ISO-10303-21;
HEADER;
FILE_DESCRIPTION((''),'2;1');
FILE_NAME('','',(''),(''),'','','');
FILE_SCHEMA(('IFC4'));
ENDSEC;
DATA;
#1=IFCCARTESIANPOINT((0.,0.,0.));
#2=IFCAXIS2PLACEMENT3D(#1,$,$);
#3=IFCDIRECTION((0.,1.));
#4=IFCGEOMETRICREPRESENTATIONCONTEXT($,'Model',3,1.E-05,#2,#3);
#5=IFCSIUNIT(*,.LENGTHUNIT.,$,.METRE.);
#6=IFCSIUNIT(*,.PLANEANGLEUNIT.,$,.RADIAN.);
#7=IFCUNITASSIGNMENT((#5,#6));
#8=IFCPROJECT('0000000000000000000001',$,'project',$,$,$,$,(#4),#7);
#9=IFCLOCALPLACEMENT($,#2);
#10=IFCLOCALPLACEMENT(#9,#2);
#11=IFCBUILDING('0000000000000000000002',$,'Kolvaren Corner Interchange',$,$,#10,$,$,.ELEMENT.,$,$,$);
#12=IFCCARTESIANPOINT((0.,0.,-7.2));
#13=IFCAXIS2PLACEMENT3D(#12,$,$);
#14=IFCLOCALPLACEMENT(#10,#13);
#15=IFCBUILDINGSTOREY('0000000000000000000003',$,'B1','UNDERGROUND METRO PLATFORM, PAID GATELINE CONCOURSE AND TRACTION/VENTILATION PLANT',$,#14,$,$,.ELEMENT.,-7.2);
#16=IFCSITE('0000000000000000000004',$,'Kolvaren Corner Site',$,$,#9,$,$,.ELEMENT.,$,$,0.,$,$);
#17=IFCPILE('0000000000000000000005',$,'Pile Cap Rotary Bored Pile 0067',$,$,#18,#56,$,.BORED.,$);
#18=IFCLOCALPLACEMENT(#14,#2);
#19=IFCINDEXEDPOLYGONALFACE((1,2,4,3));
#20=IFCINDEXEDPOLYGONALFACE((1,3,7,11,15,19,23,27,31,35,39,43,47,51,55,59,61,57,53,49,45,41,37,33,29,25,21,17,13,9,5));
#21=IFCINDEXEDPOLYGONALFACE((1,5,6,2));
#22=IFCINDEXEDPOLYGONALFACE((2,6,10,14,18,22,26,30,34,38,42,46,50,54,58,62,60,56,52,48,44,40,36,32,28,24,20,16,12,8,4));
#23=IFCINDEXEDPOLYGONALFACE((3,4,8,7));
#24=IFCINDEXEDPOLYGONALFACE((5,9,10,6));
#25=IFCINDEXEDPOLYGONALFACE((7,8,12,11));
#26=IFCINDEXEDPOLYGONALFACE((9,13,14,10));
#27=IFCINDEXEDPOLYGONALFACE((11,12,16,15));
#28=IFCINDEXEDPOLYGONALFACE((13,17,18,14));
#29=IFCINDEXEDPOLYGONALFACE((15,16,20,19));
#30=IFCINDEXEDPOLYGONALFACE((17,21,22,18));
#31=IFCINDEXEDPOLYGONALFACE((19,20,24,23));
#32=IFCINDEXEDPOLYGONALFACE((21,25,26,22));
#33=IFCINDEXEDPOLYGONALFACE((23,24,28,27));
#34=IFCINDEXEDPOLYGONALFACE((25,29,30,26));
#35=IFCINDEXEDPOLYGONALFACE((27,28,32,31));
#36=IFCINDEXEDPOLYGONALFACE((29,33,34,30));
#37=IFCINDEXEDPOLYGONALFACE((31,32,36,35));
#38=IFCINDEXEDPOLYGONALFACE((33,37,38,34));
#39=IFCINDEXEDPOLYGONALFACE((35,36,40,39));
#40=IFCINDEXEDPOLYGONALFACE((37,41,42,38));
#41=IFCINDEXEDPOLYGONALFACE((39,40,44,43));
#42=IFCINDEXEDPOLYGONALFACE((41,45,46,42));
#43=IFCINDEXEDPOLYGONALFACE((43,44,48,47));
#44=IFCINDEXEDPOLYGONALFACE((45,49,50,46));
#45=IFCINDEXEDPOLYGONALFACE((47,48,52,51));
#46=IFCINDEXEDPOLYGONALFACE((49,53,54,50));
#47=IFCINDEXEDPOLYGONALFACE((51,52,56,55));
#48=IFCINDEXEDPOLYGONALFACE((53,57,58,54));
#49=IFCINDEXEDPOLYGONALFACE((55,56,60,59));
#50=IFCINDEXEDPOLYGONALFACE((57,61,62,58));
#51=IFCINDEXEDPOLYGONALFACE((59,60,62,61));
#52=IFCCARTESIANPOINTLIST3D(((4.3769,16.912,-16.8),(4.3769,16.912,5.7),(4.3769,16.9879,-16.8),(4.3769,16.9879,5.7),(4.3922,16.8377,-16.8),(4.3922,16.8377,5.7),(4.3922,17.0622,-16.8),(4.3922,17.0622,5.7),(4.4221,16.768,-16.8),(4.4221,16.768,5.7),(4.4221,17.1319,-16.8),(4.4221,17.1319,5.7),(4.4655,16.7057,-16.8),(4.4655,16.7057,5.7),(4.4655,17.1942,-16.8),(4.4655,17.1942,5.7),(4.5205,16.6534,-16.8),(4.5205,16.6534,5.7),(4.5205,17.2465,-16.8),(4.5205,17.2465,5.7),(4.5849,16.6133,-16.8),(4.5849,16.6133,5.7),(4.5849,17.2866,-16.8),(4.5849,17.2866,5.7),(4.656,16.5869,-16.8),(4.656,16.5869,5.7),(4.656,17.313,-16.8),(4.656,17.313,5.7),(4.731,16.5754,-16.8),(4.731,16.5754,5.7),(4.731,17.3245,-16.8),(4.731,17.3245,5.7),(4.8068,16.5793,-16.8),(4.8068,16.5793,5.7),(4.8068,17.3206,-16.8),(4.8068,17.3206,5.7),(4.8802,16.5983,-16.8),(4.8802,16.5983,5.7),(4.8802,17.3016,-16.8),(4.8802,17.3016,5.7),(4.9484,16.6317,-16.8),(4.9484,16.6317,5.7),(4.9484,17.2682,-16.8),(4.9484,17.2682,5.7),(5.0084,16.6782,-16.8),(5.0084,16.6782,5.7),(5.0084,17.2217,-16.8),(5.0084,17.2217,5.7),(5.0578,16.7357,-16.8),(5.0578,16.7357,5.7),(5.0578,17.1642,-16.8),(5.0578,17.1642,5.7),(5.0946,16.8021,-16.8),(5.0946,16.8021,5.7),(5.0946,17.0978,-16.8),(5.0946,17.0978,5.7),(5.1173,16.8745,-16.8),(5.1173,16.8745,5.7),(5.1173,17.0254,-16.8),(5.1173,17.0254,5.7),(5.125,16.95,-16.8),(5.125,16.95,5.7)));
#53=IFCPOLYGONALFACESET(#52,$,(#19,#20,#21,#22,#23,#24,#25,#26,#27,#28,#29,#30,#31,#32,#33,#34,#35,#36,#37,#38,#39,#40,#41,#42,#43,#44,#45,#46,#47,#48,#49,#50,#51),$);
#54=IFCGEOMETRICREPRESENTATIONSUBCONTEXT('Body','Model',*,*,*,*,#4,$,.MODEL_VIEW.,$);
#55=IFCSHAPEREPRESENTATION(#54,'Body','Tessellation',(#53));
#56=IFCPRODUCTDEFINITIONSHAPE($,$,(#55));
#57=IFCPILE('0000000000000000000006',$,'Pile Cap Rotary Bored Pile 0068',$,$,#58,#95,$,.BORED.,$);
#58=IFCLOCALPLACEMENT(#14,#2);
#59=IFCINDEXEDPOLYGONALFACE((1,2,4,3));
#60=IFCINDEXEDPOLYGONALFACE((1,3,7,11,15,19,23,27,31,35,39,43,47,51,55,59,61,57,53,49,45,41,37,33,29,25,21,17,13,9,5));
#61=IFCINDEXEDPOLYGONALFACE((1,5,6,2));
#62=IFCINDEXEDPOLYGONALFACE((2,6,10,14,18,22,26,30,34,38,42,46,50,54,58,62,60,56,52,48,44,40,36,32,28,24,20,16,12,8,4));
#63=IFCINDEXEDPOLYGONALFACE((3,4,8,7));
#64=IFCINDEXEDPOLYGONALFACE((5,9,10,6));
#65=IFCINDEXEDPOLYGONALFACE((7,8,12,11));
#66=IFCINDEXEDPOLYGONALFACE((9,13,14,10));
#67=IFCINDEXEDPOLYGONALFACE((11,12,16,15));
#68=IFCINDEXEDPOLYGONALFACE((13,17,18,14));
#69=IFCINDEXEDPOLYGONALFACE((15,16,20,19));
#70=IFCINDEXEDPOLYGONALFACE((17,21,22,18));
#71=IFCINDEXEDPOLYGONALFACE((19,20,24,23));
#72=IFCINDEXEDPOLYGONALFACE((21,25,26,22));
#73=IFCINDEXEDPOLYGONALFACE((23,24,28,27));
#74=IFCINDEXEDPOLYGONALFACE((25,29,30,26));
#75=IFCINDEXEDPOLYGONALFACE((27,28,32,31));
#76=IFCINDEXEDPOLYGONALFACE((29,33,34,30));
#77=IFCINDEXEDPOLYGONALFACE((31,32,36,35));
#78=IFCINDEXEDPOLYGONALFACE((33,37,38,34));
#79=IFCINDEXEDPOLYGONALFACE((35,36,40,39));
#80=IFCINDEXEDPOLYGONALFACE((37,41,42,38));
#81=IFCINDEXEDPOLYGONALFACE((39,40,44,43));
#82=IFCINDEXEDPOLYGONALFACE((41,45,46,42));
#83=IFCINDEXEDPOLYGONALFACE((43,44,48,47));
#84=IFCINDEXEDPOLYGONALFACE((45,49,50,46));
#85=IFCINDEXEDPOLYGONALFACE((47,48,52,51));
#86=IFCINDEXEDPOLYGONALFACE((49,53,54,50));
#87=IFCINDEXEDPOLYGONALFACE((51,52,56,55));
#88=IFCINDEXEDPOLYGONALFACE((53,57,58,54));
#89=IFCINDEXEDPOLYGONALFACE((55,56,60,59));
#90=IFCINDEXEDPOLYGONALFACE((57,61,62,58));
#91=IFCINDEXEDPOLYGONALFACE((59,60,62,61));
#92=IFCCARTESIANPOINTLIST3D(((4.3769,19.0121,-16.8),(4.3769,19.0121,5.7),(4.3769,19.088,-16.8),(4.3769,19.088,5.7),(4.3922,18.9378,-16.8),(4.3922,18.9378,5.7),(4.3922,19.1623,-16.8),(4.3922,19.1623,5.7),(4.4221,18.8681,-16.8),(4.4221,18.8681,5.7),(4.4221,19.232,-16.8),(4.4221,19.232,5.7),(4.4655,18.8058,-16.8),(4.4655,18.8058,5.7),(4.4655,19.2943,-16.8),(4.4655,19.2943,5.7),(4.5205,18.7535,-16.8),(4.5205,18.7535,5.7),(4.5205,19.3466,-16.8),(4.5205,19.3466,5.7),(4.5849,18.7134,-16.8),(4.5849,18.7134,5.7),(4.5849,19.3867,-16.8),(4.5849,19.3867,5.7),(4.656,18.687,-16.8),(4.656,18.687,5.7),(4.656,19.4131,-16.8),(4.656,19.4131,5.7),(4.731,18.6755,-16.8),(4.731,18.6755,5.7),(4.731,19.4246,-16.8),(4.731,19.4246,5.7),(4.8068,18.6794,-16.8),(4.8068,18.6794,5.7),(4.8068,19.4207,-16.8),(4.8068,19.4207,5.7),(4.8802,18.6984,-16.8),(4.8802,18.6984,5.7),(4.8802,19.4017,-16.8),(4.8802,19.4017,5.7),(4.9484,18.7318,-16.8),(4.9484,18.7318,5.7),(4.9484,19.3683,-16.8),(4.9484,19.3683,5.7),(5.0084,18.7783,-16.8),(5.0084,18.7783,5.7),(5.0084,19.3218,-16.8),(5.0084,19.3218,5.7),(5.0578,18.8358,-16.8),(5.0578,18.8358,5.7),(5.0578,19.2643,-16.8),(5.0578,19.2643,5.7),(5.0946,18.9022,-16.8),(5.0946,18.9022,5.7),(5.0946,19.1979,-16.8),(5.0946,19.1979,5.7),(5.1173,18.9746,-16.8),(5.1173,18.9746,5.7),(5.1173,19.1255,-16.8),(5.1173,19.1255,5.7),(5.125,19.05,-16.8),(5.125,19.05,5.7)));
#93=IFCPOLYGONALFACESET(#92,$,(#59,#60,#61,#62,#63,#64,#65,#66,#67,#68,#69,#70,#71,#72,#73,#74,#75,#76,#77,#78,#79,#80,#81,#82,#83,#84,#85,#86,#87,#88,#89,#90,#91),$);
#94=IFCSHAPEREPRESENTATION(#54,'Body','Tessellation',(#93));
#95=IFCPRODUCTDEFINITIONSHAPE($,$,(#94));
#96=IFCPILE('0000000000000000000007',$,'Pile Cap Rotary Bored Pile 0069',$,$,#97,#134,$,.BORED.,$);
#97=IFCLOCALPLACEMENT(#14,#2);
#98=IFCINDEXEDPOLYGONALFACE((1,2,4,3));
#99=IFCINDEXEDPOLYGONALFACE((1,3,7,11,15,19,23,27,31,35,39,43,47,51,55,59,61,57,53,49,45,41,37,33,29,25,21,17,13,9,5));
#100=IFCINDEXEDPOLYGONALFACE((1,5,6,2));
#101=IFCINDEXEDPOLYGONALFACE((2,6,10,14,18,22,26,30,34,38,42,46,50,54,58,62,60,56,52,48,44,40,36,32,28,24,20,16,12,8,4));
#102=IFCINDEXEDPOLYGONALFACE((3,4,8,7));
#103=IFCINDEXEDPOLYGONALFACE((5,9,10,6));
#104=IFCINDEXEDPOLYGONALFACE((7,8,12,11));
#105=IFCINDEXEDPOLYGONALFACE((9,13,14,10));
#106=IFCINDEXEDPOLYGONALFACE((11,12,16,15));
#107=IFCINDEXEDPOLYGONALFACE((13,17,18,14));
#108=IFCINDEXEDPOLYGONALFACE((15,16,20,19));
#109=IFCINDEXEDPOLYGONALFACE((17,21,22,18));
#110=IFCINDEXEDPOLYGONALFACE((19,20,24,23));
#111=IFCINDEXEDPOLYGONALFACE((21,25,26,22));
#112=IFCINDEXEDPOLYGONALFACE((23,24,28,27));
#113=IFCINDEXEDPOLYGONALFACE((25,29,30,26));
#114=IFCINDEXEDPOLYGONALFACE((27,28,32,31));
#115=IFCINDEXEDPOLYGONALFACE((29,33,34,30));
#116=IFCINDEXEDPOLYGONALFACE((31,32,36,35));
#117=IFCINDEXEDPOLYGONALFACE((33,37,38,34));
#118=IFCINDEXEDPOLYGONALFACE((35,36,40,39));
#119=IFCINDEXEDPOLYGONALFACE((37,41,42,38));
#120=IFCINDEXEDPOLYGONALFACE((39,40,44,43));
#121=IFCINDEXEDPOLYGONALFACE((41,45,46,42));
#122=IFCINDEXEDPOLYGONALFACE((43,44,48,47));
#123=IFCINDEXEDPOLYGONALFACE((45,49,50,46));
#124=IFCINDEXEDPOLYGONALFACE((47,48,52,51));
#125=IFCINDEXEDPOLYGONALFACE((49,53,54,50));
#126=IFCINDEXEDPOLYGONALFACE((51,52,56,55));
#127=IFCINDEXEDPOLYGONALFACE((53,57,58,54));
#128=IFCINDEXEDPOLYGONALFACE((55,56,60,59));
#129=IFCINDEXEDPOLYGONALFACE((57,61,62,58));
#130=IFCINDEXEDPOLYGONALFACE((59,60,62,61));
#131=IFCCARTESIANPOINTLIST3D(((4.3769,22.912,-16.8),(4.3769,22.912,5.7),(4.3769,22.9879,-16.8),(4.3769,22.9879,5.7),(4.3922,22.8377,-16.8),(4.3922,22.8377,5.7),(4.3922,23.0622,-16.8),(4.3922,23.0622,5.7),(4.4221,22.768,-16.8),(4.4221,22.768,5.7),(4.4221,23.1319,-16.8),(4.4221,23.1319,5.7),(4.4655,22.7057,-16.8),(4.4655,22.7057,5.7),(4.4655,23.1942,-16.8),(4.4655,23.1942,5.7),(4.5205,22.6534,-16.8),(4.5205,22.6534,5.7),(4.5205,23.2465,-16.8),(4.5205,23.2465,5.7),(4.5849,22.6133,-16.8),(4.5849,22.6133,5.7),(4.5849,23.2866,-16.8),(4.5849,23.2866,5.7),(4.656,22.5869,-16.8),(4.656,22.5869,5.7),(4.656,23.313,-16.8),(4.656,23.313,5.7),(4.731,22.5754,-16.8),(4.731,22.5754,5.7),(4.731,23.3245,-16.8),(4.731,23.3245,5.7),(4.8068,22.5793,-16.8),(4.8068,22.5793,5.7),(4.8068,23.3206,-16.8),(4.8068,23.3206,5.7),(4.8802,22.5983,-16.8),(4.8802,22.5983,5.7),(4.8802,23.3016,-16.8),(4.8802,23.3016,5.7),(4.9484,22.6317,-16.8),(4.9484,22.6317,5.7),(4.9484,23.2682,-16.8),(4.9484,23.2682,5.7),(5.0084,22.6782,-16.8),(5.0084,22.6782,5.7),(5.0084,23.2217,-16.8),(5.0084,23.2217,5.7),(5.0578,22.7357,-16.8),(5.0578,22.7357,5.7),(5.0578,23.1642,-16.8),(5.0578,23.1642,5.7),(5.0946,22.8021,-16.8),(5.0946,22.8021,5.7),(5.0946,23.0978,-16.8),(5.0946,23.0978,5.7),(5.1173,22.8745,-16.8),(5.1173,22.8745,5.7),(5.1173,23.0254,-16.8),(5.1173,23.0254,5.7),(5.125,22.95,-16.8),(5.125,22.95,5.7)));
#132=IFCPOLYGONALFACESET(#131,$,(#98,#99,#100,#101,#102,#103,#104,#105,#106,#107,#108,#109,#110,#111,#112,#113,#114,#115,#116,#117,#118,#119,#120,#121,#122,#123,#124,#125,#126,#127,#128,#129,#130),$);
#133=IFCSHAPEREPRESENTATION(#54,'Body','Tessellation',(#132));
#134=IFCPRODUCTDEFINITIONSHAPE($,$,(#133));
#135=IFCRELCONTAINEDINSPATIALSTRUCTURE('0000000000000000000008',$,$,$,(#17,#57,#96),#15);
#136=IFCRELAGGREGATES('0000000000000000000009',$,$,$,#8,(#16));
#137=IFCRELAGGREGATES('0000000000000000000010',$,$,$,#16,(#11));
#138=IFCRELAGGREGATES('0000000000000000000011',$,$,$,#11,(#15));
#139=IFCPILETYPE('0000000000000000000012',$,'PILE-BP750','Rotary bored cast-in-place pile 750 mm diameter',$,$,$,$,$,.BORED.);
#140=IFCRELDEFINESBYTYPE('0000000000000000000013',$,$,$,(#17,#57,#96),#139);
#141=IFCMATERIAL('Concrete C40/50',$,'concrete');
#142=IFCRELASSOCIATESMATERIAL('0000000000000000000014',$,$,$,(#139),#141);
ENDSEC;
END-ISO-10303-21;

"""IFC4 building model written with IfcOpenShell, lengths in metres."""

from ifc_helpers import new_model, si_unit, direction, frame, origin, origin_2d, place, context, subcontext, project, spatial, circle, extrude, material, material_profile, profile_set, type_object, element, save


model = new_model("IFC4")

# Units and contexts
model_context = context("Model", 3, precision=1e-05, world=origin(), true_north=direction((0.0, 1.0)))
body_context = subcontext(model_context, "Body", "Model", "MODEL_VIEW")
ifc_project = project(units=[si_unit("LENGTHUNIT", "METRE"), si_unit("PLANEANGLEUNIT", "RADIAN")], contexts=[model_context])

# Site, building, storey
site_placement = place(None, origin())
site = spatial("IfcSite", under=ifc_project, at=site_placement, Name="Kolvaren Corner Site", CompositionType="ELEMENT", RefElevation=0.0)
building_placement = place(site_placement, origin())
building = spatial("IfcBuilding", under=site, at=building_placement, Name="Kolvaren Corner Interchange", CompositionType="ELEMENT")
storey_placement = place(building_placement, frame((0.0, 0.0, -7.2)))
storey = spatial("IfcBuildingStorey", under=building, at=storey_placement, Name="B1", Description="UNDERGROUND METRO PLATFORM, PAID GATELINE CONCOURSE AND TRACTION/VENTILATION PLANT", CompositionType="ELEMENT", Elevation=-7.2)

# Piles
ifc_material_1 = material(Name="Concrete C40/50", Category="concrete")
ifc_material_profile = material_profile(ifc_material_1, circle(Radius=0.375, at=origin_2d()), Name="BORED PILE 750")
ifc_profile_set = profile_set([ifc_material_profile], Name="Concrete C40/50")
pile_type = type_object("IfcPileType", Name="PILE-BP750", Description="Rotary bored cast-in-place pile 750 mm diameter", PredefinedType="BORED", material=ifc_profile_set)
for number, where, z_axis, x_axis, name in (
    (1, (4.75, 16.95, 5.7), (0.0, 0.0, -1.0), (1.0, 0.0, 0.0), "Pile Cap Rotary Bored Pile 0067"),
    (2, (4.75, 19.05, 5.7), (0.0, 0.0, -1.0), (1.0, 0.0, 0.0), "Pile Cap Rotary Bored Pile 0068"),
    (3, (4.75, 22.95, 5.7), (0.0, 0.0, -1.0), (1.0, 0.0, 0.0), "Pile Cap Rotary Bored Pile 0069"),
):
    element("IfcPile", number, at=place(storey_placement, frame(where, z_axis=z_axis, x_axis=x_axis)), inside=storey, type_object=pile_type, Name=name, PredefinedType="BORED", context=body_context, shape_type="SweptSolid", body=[
        extrude(circle(Radius=0.375, at=origin_2d()), origin(), (0.0, 0.0, 1.0), 22.5),
    ])

save(model, "model.ifc")
